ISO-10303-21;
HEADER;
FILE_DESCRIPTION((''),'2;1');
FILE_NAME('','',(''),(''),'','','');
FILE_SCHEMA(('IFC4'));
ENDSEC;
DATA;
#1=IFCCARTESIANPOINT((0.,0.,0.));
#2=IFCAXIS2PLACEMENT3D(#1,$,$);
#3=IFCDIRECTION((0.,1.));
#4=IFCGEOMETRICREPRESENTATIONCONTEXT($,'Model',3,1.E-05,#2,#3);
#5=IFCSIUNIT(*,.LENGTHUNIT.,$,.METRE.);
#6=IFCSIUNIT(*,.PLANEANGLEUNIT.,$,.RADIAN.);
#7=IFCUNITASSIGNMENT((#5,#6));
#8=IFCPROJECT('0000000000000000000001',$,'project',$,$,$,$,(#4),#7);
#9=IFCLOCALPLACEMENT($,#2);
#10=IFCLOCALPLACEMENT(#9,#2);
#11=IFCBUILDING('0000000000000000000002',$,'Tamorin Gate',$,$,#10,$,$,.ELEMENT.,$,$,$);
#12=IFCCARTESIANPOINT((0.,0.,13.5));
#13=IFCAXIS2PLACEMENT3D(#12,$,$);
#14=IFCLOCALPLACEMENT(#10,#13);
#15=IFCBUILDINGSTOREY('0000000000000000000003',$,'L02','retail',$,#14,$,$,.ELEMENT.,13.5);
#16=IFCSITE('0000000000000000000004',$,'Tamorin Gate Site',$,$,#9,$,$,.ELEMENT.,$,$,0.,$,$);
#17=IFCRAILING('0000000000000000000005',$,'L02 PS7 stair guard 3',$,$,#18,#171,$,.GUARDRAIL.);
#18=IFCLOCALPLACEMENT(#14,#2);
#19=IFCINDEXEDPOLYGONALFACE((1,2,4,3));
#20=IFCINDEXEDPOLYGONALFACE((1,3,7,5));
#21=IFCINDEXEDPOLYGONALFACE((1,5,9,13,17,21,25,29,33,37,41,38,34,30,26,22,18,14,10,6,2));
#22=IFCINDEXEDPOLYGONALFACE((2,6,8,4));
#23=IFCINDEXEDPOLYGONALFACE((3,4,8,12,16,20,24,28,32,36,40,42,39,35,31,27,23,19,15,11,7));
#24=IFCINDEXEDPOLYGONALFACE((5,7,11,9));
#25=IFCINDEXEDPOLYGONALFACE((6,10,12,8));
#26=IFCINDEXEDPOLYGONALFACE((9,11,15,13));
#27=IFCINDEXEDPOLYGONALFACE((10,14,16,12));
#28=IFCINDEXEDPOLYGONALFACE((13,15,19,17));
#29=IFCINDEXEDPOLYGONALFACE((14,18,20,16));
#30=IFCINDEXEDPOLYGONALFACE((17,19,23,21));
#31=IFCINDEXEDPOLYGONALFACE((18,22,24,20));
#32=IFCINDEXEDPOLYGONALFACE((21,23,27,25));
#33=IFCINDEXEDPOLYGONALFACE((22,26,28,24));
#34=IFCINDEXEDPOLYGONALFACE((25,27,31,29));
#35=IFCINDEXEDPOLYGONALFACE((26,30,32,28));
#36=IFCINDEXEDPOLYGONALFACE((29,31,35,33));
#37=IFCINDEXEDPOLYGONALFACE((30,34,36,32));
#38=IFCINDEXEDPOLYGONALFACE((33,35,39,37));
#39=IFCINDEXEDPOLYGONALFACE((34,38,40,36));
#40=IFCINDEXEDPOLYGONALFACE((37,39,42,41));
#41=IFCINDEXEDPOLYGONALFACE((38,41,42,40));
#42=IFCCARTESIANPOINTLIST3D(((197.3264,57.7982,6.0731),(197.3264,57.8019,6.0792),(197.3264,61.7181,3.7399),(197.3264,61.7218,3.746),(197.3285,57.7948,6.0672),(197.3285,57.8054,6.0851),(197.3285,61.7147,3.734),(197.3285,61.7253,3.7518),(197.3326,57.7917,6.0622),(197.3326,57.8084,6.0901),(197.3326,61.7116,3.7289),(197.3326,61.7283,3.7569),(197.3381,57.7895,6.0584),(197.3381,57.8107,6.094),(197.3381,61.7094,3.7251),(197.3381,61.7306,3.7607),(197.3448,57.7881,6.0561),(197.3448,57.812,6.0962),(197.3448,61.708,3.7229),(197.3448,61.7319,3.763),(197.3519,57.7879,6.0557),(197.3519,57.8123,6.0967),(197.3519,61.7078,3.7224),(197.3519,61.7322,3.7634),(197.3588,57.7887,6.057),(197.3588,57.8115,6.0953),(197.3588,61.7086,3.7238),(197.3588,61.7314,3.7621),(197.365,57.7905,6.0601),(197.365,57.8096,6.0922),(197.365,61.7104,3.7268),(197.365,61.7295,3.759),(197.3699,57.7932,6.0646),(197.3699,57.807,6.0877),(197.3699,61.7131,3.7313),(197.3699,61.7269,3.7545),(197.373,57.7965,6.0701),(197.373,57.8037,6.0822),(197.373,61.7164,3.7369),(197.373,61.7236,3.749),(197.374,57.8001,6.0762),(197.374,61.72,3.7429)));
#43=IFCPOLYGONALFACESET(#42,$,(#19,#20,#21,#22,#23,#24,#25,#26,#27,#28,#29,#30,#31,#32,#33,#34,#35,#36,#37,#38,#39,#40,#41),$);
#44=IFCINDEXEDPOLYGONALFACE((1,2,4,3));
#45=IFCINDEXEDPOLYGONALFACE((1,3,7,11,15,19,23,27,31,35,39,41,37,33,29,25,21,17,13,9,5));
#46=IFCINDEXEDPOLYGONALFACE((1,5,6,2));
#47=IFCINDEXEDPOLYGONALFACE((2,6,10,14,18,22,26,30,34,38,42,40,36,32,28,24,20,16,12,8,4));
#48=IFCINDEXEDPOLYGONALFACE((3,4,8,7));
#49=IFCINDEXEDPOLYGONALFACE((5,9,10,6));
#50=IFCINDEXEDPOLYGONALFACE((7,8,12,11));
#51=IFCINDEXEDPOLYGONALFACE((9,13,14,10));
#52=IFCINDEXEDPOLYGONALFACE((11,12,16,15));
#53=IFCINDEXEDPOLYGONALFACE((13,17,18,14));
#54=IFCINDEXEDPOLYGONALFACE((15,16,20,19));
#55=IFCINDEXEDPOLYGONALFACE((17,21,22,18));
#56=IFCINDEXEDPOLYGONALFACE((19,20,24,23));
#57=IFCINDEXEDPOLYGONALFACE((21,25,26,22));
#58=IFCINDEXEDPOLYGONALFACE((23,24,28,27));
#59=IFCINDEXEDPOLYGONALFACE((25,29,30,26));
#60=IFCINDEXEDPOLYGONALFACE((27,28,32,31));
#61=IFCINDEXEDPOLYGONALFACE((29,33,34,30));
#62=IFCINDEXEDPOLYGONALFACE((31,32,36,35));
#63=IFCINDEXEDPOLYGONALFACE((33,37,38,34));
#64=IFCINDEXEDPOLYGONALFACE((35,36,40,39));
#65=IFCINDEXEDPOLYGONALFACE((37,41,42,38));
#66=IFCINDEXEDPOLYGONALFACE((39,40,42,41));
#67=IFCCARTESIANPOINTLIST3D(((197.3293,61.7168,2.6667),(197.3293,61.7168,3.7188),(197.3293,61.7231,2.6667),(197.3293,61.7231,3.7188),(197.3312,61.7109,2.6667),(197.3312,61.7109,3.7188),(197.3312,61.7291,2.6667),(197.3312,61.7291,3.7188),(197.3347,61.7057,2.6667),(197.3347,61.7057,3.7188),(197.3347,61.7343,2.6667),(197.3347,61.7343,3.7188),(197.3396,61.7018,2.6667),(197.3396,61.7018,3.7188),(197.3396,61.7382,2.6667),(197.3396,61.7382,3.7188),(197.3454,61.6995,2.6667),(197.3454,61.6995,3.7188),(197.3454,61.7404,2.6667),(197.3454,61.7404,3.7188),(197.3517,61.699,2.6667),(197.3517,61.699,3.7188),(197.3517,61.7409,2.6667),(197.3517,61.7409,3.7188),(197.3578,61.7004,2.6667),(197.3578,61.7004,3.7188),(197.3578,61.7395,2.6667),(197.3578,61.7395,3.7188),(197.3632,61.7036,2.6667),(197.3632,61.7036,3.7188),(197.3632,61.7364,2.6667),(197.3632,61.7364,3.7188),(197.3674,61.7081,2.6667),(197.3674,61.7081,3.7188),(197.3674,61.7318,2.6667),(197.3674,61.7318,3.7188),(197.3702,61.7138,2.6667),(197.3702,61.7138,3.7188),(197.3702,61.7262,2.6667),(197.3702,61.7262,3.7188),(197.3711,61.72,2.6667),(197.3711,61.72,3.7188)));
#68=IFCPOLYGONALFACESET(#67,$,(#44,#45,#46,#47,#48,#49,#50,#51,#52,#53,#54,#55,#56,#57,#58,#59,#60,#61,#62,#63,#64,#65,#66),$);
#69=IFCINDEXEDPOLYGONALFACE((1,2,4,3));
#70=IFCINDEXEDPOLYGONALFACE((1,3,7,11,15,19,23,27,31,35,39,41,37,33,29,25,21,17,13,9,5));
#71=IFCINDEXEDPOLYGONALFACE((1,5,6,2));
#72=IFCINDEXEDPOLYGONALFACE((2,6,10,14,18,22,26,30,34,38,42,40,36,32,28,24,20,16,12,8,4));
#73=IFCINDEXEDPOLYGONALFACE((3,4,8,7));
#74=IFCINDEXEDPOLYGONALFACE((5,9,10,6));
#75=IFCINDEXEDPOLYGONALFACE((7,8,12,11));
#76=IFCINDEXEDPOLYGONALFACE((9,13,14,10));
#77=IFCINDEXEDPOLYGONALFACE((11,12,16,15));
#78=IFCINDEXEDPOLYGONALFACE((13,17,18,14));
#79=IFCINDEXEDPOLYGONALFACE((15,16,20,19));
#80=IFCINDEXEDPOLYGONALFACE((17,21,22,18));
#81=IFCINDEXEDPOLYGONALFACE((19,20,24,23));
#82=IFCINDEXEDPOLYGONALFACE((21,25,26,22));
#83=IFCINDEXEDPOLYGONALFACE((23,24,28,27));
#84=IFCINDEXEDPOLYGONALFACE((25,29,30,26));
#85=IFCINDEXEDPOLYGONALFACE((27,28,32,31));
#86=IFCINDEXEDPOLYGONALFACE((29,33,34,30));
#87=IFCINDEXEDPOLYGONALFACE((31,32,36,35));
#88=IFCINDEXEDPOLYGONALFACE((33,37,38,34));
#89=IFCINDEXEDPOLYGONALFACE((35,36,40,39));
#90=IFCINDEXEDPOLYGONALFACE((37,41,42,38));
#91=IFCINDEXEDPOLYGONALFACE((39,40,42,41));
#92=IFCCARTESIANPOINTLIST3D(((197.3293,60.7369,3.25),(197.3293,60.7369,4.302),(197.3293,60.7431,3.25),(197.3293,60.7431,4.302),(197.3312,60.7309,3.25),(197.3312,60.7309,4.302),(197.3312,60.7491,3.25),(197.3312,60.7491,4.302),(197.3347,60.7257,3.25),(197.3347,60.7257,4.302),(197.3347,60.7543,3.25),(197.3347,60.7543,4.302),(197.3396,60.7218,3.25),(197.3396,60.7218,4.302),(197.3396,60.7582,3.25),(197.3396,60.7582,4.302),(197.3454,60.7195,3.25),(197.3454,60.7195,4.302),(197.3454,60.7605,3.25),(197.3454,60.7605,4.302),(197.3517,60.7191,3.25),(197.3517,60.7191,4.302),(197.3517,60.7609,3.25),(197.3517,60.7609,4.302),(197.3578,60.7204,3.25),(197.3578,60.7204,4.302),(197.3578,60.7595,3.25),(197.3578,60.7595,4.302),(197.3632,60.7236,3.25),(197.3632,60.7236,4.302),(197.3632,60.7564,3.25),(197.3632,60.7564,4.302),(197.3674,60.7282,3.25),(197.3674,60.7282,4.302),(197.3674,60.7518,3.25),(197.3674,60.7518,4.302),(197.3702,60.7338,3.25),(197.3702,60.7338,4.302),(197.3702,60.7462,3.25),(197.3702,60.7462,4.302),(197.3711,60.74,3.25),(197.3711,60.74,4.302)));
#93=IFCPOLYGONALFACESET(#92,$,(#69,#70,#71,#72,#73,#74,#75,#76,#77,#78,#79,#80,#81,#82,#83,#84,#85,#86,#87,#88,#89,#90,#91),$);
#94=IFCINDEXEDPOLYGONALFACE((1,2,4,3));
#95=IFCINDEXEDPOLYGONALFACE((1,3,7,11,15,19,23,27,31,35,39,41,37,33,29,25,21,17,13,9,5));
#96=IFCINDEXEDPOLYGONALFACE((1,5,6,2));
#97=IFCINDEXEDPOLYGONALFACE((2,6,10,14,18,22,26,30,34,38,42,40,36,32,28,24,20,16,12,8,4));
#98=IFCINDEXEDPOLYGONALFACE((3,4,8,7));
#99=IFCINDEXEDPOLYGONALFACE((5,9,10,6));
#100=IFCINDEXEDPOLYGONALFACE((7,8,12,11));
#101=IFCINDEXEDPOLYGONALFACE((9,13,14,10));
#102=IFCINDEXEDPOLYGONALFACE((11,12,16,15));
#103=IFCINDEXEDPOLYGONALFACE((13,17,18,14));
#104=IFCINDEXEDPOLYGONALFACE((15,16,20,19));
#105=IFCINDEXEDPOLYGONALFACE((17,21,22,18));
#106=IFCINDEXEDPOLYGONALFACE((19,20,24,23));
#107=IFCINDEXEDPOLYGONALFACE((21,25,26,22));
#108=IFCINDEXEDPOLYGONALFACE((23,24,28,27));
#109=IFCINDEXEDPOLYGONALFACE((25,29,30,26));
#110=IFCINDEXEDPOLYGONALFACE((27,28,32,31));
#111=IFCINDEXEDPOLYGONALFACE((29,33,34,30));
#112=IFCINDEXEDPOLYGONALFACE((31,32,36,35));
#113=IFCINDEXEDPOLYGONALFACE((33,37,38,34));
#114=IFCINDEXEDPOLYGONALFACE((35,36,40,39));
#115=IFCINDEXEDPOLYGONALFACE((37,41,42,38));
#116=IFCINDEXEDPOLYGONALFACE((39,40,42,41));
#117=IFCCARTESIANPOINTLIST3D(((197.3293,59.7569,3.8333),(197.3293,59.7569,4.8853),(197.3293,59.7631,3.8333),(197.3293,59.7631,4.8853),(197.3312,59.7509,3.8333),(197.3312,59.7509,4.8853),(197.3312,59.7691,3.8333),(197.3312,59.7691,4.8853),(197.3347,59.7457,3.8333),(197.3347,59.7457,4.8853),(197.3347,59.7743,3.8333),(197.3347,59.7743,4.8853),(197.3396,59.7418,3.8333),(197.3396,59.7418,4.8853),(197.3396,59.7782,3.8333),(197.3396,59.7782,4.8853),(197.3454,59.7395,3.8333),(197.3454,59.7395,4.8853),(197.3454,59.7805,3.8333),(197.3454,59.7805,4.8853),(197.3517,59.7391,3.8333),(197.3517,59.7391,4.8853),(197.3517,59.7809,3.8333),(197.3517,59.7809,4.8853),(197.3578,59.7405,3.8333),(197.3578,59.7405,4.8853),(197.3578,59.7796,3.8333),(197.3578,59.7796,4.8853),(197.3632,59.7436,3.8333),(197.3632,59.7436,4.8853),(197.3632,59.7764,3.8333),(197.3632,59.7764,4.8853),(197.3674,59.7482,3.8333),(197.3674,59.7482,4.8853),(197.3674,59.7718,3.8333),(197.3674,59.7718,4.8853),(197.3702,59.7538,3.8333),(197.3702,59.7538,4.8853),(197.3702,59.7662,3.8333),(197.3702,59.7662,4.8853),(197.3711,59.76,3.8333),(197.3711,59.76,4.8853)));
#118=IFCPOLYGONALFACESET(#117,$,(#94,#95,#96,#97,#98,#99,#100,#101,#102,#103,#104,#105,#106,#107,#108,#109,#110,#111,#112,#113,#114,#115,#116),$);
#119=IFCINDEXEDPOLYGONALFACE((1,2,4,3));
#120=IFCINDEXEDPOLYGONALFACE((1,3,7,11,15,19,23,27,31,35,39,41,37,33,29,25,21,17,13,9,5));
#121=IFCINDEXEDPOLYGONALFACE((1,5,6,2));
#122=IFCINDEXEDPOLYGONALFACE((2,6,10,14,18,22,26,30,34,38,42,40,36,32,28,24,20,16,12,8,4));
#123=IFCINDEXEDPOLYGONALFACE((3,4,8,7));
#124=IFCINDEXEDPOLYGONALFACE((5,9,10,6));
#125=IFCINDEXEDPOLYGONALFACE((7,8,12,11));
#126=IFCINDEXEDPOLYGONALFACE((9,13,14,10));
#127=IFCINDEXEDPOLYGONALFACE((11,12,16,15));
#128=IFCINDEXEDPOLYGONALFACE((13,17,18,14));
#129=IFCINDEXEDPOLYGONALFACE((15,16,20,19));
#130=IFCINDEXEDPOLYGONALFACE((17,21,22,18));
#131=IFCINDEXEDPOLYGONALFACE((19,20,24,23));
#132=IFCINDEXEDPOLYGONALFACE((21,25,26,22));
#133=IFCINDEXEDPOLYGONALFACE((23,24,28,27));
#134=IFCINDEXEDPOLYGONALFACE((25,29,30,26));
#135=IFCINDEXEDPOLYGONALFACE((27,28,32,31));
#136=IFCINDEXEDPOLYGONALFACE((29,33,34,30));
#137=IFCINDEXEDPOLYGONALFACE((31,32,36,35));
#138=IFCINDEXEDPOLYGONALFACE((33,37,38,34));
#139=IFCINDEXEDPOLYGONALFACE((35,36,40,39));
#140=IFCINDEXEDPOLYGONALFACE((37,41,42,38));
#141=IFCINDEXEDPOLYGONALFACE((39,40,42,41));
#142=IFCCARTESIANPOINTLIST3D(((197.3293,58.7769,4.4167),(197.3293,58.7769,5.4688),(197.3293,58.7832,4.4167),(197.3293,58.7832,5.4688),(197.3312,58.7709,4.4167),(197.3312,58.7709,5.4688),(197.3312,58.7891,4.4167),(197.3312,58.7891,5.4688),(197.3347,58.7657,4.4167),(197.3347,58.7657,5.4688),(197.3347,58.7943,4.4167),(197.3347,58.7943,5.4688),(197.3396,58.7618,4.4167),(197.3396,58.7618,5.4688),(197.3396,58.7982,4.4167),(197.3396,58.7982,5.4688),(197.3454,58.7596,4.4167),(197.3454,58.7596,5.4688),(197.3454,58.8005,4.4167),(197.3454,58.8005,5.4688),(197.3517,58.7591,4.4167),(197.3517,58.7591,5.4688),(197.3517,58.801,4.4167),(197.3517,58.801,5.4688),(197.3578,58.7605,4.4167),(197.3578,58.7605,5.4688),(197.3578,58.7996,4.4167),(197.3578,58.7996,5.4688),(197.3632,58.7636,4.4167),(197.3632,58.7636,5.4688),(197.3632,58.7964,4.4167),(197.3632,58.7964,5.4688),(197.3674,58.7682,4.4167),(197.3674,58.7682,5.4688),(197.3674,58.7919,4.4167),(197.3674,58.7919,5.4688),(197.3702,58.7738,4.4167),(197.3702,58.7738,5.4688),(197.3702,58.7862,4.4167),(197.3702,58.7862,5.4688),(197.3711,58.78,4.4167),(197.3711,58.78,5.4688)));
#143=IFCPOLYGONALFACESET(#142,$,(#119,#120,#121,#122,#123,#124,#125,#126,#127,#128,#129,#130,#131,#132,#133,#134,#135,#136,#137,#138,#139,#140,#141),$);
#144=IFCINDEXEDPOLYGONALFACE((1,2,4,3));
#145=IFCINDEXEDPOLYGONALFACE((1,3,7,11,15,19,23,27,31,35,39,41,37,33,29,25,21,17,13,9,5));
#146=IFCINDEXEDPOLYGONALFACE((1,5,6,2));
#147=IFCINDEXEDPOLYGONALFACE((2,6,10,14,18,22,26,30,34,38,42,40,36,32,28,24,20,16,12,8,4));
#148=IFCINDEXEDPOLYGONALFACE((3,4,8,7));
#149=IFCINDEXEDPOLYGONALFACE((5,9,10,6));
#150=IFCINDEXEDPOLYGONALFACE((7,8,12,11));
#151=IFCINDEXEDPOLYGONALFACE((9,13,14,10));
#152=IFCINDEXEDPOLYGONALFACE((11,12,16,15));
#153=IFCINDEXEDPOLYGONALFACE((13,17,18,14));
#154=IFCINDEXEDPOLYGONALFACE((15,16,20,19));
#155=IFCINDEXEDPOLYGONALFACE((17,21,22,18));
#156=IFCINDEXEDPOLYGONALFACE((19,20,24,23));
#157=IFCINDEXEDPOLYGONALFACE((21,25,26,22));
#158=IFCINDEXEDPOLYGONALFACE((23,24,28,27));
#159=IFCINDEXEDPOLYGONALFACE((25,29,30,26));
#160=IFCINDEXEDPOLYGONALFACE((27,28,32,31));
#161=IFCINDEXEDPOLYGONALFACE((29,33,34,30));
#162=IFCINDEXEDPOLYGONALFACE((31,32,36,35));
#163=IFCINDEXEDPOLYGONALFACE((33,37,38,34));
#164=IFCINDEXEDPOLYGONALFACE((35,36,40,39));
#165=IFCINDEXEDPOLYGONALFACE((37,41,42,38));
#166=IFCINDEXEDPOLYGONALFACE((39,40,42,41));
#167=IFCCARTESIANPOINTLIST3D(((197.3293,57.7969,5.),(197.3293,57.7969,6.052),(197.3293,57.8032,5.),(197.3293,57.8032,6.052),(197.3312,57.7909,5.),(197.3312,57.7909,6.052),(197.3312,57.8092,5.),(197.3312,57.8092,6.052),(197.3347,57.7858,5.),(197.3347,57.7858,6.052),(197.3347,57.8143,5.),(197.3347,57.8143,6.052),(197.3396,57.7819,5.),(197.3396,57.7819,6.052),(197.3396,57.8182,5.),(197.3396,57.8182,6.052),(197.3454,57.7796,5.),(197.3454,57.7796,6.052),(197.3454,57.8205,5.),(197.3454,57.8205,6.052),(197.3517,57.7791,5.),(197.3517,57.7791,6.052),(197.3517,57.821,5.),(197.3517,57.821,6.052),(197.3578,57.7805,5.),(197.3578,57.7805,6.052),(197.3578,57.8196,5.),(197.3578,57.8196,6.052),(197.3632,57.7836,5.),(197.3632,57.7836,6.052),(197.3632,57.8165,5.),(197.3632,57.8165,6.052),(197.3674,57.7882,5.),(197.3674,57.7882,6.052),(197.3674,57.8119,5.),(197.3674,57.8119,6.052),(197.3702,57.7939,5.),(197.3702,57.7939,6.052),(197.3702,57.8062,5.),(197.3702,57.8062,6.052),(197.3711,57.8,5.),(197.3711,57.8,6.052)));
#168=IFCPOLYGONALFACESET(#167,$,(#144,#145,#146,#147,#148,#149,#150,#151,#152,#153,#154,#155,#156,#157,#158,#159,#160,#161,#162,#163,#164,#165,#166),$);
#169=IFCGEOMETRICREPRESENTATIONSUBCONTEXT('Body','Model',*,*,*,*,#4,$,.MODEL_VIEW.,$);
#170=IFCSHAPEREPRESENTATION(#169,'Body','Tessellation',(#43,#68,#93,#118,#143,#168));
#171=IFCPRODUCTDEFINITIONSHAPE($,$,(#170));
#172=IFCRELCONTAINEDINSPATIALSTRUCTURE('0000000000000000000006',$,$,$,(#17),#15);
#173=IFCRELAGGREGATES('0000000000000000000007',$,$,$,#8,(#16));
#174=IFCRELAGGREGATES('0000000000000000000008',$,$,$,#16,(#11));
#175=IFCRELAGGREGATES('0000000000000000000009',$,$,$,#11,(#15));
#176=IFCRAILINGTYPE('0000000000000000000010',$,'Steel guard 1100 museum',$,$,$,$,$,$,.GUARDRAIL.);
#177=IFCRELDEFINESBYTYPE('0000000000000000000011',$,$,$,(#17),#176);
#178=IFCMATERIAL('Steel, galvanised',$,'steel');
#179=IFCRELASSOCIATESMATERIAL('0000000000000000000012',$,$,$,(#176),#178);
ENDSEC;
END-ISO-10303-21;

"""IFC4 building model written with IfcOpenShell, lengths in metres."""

from ifc_helpers import new_model, si_unit, direction, frame, origin, origin_2d, place, context, subcontext, project, spatial, circle, extrude, material, type_object, element, save


model = new_model("IFC4")

# Units and contexts
model_context = context("Model", 3, precision=1e-05, world=origin(), true_north=direction((0.0, 1.0)))
body_context = subcontext(model_context, "Body", "Model", "MODEL_VIEW")
ifc_project = project(units=[si_unit("LENGTHUNIT", "METRE"), si_unit("PLANEANGLEUNIT", "RADIAN")], contexts=[model_context])

# Site, building, storey
site_placement = place(None, origin())
site = spatial("IfcSite", under=ifc_project, at=site_placement, Name="Tamorin Gate Site", CompositionType="ELEMENT", RefElevation=0.0)
building_placement = place(site_placement, origin())
building = spatial("IfcBuilding", under=site, at=building_placement, Name="Tamorin Gate", CompositionType="ELEMENT")
storey_placement = place(building_placement, frame((0.0, 0.0, 13.5)))
storey = spatial("IfcBuildingStorey", under=building, at=storey_placement, Name="L02", Description="retail", CompositionType="ELEMENT", Elevation=13.5)

# Railing
ifc_material_1 = material(Name="Steel, galvanised", Category="steel")
railing_type_1 = type_object("IfcRailingType", Name="Steel guard 1100 museum", PredefinedType="GUARDRAIL", material=ifc_material_1)
railing_1_placement = place(storey_placement, frame((197.3501, 61.72, 2.6667)))
element("IfcRailing", 1, at=railing_1_placement, inside=storey, type_object=railing_type_1, Name="L02 PS7 stair guard 3", PredefinedType="GUARDRAIL", context=body_context, shape_type="SweptSolid", body=[
    extrude(circle(Radius=0.0239, at=origin_2d()), frame((0.0, 0.0, 1.0762), z_axis=(0.0, -0.859296, 0.511478), x_axis=(1.0, 0.0, 0.0)), (0.0, 0.0, 1.0), 4.5618),
    extrude(circle(Radius=0.021, at=origin_2d()), origin(), (0.0, 0.0, 1.0), 1.052),
    extrude(circle(Radius=0.021, at=origin_2d()), frame((0.0, -0.98, 0.5833)), (0.0, 0.0, 1.0), 1.052),
    extrude(circle(Radius=0.021, at=origin_2d()), frame((0.0, -1.96, 1.1665)), (0.0, 0.0, 1.0), 1.052),
    extrude(circle(Radius=0.021, at=origin_2d()), frame((0.0, -2.9399, 1.75)), (0.0, 0.0, 1.0), 1.052),
    extrude(circle(Radius=0.021, at=origin_2d()), frame((0.0, -3.9199, 2.3333)), (0.0, 0.0, 1.0), 1.052),
])

save(model, "model.ifc")
